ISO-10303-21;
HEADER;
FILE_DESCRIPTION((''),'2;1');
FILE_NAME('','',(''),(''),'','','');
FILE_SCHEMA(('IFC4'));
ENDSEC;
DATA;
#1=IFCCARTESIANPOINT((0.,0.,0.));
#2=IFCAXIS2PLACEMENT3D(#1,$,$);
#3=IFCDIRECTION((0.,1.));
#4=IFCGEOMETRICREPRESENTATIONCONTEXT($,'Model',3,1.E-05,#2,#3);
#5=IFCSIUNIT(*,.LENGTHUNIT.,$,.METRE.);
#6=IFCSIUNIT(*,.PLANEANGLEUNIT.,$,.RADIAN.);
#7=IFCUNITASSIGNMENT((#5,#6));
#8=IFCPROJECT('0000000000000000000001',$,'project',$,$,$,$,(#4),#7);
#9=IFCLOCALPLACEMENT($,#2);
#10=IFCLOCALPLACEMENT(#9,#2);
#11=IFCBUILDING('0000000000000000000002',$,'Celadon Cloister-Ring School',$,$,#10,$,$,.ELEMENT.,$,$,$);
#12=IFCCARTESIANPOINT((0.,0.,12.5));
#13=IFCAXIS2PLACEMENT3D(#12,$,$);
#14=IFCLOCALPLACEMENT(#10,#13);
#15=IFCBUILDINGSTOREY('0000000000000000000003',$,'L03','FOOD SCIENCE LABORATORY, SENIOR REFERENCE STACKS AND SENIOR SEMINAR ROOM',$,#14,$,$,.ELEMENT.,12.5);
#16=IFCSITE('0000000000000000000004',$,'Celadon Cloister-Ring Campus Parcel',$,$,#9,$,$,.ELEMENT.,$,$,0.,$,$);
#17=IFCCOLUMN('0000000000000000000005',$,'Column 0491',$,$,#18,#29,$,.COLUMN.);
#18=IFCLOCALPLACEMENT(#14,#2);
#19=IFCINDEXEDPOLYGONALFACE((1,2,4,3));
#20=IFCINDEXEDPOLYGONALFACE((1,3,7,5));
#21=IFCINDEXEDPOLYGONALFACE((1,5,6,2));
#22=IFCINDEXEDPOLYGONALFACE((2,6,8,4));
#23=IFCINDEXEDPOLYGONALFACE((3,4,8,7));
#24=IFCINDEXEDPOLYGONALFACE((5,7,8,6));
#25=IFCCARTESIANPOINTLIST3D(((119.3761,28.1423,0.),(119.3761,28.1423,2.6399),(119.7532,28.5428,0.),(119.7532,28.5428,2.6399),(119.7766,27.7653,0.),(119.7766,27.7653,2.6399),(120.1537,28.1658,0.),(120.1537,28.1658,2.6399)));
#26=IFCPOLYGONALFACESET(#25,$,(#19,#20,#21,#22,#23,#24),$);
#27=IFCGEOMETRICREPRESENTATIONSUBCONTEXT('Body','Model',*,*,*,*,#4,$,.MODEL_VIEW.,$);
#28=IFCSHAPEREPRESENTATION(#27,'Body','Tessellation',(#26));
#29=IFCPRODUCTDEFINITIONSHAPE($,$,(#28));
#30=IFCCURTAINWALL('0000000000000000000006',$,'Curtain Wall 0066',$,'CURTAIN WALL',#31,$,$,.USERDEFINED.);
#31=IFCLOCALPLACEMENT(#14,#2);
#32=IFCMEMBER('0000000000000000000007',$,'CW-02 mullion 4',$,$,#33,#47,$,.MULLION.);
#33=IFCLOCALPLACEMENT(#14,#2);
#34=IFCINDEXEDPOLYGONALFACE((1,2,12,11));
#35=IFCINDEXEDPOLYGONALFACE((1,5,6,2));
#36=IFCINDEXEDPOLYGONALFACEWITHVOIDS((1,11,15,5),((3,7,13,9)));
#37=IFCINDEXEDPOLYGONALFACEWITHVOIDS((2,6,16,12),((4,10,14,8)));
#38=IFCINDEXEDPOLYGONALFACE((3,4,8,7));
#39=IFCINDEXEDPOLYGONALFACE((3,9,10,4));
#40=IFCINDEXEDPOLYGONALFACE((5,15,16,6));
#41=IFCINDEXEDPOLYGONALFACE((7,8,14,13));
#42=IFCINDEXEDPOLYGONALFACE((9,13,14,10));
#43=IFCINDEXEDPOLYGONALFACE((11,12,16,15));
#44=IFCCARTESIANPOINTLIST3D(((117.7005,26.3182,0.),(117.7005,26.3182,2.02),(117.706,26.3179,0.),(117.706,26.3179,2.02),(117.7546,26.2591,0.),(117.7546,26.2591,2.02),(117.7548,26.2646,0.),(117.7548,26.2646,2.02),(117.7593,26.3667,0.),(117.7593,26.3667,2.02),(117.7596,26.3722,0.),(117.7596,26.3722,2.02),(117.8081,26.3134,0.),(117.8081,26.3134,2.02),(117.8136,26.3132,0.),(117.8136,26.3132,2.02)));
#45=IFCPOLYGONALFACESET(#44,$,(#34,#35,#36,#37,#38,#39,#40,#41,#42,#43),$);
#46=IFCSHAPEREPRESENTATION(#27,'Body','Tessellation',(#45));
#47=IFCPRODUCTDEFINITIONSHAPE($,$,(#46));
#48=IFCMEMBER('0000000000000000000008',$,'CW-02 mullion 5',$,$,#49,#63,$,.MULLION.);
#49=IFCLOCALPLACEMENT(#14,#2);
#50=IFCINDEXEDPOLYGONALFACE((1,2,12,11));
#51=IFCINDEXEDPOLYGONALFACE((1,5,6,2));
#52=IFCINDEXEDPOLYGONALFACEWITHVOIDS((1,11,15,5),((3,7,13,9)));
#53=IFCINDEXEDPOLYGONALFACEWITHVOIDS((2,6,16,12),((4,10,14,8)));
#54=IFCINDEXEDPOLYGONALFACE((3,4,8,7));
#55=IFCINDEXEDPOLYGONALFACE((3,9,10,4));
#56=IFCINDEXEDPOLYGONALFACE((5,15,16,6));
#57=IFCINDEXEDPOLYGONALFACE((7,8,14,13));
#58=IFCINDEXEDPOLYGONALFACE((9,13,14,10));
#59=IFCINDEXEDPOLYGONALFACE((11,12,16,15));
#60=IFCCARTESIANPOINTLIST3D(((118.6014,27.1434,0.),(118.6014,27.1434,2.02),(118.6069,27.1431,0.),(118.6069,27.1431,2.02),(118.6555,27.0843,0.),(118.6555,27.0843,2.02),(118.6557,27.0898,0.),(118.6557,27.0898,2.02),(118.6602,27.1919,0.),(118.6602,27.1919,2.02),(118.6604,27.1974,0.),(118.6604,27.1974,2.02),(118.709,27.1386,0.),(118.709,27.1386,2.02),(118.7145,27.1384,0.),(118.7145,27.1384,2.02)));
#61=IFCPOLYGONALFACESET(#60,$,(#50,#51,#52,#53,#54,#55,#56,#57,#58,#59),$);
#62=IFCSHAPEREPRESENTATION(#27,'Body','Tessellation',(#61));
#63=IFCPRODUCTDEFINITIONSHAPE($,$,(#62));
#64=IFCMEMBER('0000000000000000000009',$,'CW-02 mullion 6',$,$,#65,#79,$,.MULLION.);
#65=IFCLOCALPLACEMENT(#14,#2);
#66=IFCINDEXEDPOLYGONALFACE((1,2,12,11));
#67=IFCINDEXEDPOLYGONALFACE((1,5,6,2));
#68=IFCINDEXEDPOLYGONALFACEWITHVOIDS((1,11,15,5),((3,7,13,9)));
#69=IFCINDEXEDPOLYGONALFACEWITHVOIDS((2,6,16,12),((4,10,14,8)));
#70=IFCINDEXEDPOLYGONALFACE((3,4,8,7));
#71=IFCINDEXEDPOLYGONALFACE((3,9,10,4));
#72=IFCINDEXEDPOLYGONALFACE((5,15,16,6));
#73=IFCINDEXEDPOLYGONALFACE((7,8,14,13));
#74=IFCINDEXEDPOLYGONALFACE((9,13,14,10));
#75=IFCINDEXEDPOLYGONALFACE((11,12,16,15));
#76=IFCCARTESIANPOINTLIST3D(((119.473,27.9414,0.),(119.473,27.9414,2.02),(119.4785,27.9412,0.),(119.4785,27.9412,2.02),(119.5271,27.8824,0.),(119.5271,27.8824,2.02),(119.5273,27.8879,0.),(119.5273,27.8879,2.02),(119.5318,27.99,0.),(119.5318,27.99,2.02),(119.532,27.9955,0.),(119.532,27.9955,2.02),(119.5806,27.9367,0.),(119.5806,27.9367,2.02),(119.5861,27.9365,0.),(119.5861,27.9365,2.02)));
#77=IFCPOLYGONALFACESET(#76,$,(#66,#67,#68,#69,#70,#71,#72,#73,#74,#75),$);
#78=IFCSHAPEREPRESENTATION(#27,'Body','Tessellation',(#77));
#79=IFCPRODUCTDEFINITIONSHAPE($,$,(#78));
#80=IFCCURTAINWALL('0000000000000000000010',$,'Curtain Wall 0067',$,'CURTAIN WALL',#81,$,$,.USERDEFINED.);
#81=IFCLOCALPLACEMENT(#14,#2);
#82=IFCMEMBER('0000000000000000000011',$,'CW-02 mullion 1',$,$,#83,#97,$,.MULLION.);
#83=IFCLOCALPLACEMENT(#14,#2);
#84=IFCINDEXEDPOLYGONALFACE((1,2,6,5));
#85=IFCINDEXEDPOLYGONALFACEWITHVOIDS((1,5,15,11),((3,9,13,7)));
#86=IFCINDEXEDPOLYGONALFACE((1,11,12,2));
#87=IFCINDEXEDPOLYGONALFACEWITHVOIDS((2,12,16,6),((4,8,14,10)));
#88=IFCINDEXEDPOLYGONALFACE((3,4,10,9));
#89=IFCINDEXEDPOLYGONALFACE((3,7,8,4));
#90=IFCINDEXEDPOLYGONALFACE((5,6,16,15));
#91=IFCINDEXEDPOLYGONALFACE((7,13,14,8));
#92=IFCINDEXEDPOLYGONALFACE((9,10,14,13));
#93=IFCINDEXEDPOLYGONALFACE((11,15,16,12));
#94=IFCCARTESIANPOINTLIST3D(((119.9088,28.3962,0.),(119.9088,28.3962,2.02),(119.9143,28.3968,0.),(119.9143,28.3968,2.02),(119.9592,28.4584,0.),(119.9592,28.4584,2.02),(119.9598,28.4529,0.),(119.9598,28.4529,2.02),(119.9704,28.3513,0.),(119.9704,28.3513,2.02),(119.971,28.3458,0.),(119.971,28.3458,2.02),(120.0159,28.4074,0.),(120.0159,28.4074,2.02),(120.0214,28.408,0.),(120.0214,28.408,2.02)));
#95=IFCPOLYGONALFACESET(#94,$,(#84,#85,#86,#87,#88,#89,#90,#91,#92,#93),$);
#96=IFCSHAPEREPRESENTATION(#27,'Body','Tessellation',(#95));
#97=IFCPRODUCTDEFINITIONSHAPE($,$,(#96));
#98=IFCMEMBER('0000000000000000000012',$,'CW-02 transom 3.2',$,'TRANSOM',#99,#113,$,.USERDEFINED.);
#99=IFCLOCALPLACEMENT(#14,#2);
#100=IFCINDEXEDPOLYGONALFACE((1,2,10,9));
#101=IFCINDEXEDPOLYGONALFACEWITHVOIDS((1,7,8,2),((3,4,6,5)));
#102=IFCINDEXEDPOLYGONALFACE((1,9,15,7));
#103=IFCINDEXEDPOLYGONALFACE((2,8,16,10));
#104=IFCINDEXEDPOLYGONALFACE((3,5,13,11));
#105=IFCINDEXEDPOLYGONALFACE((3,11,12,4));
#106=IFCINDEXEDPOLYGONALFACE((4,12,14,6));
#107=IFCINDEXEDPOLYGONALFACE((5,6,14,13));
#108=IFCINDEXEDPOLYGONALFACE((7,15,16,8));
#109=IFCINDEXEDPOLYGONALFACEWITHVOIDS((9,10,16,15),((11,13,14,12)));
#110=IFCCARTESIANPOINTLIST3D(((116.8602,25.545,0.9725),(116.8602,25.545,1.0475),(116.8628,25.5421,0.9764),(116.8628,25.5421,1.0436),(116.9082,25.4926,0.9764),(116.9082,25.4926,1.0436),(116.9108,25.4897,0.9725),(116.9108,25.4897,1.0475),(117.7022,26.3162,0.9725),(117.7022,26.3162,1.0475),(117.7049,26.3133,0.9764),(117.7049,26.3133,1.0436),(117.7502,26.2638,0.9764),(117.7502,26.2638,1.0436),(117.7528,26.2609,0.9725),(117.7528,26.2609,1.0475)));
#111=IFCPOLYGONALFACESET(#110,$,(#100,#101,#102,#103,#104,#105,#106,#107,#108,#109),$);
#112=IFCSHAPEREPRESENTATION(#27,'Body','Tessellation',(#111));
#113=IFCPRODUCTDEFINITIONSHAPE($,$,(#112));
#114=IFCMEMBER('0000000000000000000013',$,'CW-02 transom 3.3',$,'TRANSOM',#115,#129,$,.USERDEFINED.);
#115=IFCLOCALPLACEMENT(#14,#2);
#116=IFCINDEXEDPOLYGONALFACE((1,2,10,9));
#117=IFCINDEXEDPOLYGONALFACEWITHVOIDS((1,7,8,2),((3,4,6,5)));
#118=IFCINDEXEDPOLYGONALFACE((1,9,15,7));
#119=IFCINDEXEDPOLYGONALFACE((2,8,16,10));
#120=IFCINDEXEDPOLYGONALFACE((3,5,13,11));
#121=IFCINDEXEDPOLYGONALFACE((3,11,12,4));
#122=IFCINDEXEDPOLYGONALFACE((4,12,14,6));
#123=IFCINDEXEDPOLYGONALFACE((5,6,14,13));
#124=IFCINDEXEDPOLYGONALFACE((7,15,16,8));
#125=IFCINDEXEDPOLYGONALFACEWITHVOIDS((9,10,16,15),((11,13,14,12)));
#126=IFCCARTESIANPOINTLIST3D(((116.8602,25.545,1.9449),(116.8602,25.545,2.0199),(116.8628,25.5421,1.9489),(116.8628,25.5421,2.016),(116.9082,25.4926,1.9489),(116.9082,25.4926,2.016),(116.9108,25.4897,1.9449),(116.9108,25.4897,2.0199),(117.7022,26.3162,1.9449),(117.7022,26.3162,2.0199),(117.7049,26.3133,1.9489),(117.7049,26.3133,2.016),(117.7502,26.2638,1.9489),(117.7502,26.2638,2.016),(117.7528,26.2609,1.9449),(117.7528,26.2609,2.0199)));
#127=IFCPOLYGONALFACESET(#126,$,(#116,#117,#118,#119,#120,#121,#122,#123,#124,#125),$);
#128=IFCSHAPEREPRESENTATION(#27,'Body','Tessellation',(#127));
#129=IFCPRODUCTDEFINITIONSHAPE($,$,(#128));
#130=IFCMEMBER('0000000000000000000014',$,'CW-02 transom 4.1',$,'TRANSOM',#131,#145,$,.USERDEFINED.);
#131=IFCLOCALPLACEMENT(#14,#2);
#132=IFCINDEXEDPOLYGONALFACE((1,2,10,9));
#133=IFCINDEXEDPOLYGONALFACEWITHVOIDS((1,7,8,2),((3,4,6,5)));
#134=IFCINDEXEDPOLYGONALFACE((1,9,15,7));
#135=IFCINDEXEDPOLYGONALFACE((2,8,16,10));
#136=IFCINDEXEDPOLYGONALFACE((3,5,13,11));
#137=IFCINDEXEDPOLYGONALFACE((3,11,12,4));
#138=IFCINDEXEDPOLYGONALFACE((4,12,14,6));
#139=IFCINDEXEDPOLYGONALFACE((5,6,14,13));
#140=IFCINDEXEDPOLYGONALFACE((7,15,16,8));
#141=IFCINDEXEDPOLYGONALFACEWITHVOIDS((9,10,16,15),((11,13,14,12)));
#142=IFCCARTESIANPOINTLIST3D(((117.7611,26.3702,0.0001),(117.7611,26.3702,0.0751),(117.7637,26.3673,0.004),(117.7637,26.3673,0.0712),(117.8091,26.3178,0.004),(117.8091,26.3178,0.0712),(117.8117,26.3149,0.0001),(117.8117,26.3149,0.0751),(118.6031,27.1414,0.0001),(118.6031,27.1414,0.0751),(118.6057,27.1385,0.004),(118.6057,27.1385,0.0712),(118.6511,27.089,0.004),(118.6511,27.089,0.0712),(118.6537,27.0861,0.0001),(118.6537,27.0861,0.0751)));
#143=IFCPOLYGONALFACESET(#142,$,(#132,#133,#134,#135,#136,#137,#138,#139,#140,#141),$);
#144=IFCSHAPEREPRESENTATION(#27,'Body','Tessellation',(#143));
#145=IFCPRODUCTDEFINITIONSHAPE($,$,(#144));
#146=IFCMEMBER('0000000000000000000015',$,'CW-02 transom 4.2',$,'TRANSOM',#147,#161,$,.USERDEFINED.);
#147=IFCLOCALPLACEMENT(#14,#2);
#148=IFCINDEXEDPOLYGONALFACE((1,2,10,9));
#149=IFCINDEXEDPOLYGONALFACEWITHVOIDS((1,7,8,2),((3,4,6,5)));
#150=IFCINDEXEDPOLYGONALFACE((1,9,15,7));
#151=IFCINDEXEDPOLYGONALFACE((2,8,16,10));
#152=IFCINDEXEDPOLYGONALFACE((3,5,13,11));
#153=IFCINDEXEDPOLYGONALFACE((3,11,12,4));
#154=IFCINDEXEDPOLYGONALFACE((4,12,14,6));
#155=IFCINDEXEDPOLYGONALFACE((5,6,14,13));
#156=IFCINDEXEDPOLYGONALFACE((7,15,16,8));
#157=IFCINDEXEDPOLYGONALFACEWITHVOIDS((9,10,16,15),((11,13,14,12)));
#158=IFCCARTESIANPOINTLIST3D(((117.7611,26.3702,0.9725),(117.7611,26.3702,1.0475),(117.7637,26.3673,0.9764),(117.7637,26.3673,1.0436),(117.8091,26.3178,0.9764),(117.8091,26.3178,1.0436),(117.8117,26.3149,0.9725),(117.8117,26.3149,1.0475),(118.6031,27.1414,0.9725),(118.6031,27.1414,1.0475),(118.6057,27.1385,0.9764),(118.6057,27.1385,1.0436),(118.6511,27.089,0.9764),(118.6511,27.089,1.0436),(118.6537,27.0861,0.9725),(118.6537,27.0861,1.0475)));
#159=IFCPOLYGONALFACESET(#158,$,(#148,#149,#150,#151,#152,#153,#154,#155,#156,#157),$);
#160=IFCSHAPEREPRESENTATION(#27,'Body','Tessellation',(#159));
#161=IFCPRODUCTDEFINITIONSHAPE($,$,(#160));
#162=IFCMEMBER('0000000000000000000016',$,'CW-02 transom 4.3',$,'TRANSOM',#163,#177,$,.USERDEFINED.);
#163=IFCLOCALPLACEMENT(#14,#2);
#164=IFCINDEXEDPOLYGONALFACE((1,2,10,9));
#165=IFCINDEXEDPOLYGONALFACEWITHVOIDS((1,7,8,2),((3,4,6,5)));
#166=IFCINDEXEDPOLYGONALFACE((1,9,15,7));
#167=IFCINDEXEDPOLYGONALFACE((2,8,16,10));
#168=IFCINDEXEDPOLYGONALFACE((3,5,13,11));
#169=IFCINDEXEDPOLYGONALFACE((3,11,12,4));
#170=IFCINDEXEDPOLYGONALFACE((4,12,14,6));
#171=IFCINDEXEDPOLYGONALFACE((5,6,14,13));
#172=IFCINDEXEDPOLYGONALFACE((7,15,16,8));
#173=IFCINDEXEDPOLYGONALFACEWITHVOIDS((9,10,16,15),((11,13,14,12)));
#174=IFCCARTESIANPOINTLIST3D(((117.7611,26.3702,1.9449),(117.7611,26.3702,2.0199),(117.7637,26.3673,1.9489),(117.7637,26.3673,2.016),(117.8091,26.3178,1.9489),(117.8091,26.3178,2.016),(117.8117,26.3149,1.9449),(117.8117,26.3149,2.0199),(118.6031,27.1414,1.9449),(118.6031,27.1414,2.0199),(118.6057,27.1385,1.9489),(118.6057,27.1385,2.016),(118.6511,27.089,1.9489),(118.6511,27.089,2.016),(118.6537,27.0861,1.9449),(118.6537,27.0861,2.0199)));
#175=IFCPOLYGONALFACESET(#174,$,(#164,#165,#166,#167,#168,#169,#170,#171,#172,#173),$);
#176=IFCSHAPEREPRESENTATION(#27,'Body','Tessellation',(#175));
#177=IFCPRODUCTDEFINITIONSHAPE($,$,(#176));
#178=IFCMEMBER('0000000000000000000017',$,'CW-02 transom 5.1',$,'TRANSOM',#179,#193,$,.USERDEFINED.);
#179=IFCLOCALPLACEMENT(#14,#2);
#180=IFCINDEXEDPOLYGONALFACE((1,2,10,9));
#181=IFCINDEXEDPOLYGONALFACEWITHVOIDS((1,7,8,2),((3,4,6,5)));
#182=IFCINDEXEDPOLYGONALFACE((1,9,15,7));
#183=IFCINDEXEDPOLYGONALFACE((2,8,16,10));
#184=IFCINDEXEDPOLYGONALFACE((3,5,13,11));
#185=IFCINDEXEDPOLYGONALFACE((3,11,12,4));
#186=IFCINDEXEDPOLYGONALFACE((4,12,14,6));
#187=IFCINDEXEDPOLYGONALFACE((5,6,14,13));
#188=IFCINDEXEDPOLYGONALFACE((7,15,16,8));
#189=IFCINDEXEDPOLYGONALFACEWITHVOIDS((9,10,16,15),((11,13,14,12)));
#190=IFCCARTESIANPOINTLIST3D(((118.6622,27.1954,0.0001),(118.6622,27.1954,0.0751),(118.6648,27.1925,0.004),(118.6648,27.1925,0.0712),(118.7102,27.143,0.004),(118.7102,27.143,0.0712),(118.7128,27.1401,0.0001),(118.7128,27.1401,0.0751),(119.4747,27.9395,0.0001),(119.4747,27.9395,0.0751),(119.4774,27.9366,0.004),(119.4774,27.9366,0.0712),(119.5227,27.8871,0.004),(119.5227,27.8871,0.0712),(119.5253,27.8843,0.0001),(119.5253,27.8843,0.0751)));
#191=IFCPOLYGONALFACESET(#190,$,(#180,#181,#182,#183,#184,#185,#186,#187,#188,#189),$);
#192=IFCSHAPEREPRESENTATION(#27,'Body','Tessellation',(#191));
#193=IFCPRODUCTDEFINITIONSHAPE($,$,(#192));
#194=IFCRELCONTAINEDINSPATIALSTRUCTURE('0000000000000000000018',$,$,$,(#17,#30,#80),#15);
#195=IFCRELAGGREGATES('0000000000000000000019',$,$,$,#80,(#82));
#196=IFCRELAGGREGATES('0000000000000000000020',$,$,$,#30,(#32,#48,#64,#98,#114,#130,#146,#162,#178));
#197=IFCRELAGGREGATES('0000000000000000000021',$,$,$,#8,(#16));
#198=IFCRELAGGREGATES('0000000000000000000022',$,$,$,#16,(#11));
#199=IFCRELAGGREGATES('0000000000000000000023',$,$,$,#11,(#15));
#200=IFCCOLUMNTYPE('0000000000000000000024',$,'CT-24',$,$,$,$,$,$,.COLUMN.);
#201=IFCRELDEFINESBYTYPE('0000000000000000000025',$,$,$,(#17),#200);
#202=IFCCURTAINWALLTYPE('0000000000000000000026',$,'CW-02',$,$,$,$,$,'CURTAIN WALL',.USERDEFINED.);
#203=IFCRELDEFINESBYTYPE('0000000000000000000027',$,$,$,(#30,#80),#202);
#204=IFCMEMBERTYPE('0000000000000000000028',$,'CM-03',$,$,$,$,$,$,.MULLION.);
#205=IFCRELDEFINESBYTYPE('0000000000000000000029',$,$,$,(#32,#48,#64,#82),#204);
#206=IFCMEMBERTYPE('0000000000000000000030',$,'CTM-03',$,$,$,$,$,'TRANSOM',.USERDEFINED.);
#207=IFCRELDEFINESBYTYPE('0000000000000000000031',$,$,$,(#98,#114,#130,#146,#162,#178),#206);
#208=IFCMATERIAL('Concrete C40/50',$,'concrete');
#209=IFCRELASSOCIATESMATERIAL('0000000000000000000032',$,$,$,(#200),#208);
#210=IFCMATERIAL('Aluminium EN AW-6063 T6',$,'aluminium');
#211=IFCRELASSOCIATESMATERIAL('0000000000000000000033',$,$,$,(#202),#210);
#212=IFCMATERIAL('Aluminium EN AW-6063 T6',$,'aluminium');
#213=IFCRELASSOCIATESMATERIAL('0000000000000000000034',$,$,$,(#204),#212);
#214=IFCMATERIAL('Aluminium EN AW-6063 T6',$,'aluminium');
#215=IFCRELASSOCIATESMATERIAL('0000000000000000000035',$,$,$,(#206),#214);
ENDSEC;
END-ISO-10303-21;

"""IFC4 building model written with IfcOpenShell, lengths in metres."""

from ifc_helpers import new_model, si_unit, direction, frame, origin, origin_2d, place, context, subcontext, project, spatial, rectangle, hollow_rectangle, extrude, material, material_profile, profile_set, type_object, element, aggregate, save


model = new_model("IFC4")

# Units and contexts
model_context = context("Model", 3, precision=1e-05, world=origin(), true_north=direction((0.0, 1.0)))
body_context = subcontext(model_context, "Body", "Model", "MODEL_VIEW")
ifc_project = project(units=[si_unit("LENGTHUNIT", "METRE"), si_unit("PLANEANGLEUNIT", "RADIAN")], contexts=[model_context])

# Site, building, storey
site_placement = place(None, origin())
site = spatial("IfcSite", under=ifc_project, at=site_placement, Name="Celadon Cloister-Ring Campus Parcel", CompositionType="ELEMENT", RefElevation=0.0)
building_placement = place(site_placement, origin())
building = spatial("IfcBuilding", under=site, at=building_placement, Name="Celadon Cloister-Ring School", CompositionType="ELEMENT")
storey_placement = place(building_placement, frame((0.0, 0.0, 12.5)))
storey = spatial("IfcBuildingStorey", under=building, at=storey_placement, Name="L03", Description="FOOD SCIENCE LABORATORY, SENIOR REFERENCE STACKS AND SENIOR SEMINAR ROOM", CompositionType="ELEMENT", Elevation=12.5)

# Column
ifc_material_1 = material(Name="Concrete C40/50", Category="concrete")
ifc_material_profile_1 = material_profile(ifc_material_1, rectangle(XDim=0.55, YDim=0.55, at=origin_2d()), Name="RC550X550")
ifc_profile_set_1 = profile_set([ifc_material_profile_1], Name="Concrete C40/50")
column_type = type_object("IfcColumnType", Name="CT-24", PredefinedType="COLUMN", material=ifc_profile_set_1)
column_placement = place(storey_placement, frame((119.7649, 28.1541, 0.0), z_axis=(0.0, 0.0, 1.0), x_axis=(0.728108, -0.685463, 0.0)))
element("IfcColumn", 1, at=column_placement, inside=storey, type_object=column_type, Name="Column 0491", PredefinedType="COLUMN", context=body_context, shape_type="SweptSolid", body=[
    extrude(rectangle(XDim=0.55, YDim=0.55, at=origin_2d()), origin(), (0.0, 0.0, 1.0), 2.6399),
])

# Curtain wall, members
ifc_material_2 = material(Name="Aluminium EN AW-6063 T6", Category="aluminium")
curtain_wall_type = type_object("IfcCurtainWallType", Name="CW-02", ElementType="CURTAIN WALL", PredefinedType="USERDEFINED", material=ifc_material_2)
curtain_wall_1_placement = place(storey_placement, origin())
curtain_wall_1 = element("IfcCurtainWall", 2, at=curtain_wall_1_placement, inside=storey, type_object=curtain_wall_type, Name="Curtain Wall 0066", ObjectType="CURTAIN WALL", PredefinedType="USERDEFINED")
ifc_material_3 = material(Name="Aluminium EN AW-6063 T6", Category="aluminium")
ifc_material_profile_2 = material_profile(ifc_material_3, hollow_rectangle(XDim=0.0801, YDim=0.0801, WallThickness=0.0039, at=origin_2d()), Name="RHS80X80X4")
ifc_profile_set_2 = profile_set([ifc_material_profile_2], Name="Aluminium EN AW-6063 T6")
member_type_1 = type_object("IfcMemberType", Name="CM-03", PredefinedType="MULLION", material=ifc_profile_set_2)
member_1_placement = place(storey_placement, frame((117.7571, 26.3157, 0.0), z_axis=(0.0, 0.0, 1.0), x_axis=(-0.675406, 0.737446, 0.0)))
member_1 = element("IfcMember", 3, at=member_1_placement, type_object=member_type_1, Name="CW-02 mullion 4", PredefinedType="MULLION", context=body_context, shape_type="SweptSolid", body=[
    extrude(hollow_rectangle(XDim=0.0801, YDim=0.0801, WallThickness=0.0039, at=origin_2d()), origin(), (0.0, 0.0, 1.0), 2.02),
])
member_2_placement = place(storey_placement, frame((118.658, 27.1409, 0.0), z_axis=(0.0, 0.0, 1.0), x_axis=(-0.675406, 0.737446, 0.0)))
member_2 = element("IfcMember", 4, at=member_2_placement, type_object=member_type_1, Name="CW-02 mullion 5", PredefinedType="MULLION", context=body_context, shape_type="SweptSolid", body=[
    extrude(hollow_rectangle(XDim=0.0801, YDim=0.0801, WallThickness=0.0039, at=origin_2d()), origin(), (0.0, 0.0, 1.0), 2.02),
])
member_3_placement = place(storey_placement, frame((119.5295, 27.939, 0.0), z_axis=(0.0, 0.0, 1.0), x_axis=(-0.675406, 0.737446, 0.0)))
member_3 = element("IfcMember", 5, at=member_3_placement, type_object=member_type_1, Name="CW-02 mullion 6", PredefinedType="MULLION", context=body_context, shape_type="SweptSolid", body=[
    extrude(hollow_rectangle(XDim=0.0801, YDim=0.0801, WallThickness=0.0039, at=origin_2d()), origin(), (0.0, 0.0, 1.0), 2.02),
])

# Curtain wall, member
curtain_wall_2_placement = place(storey_placement, origin())
curtain_wall_2 = element("IfcCurtainWall", 6, at=curtain_wall_2_placement, inside=storey, type_object=curtain_wall_type, Name="Curtain Wall 0067", ObjectType="CURTAIN WALL", PredefinedType="USERDEFINED")
member_4_placement = place(storey_placement, frame((119.9651, 28.4021, 0.0), z_axis=(0.0, 0.0, 1.0), x_axis=(-0.77678, 0.629773, 0.0)))
member_4 = element("IfcMember", 7, at=member_4_placement, type_object=member_type_1, Name="CW-02 mullion 1", PredefinedType="MULLION", context=body_context, shape_type="SweptSolid", body=[
    extrude(hollow_rectangle(XDim=0.0801, YDim=0.0801, WallThickness=0.0039, at=origin_2d()), origin(), (0.0, 0.0, 1.0), 2.02),
])
aggregate(curtain_wall_2, [member_4])

# Members
ifc_material_4 = material(Name="Aluminium EN AW-6063 T6", Category="aluminium")
ifc_material_profile_3 = material_profile(ifc_material_4, hollow_rectangle(XDim=0.075, YDim=0.075, WallThickness=0.0039, at=origin_2d()), Name="RHS75X75X4")
ifc_profile_set_3 = profile_set([ifc_material_profile_3], Name="Aluminium EN AW-6063 T6")
member_type_2 = type_object("IfcMemberType", Name="CTM-03", ElementType="TRANSOM", PredefinedType="USERDEFINED", material=ifc_profile_set_3)
member_5_placement = place(storey_placement, frame((116.8855, 25.5173, 1.01), z_axis=(0.737429, 0.675424, 0.0), x_axis=(-0.675424, 0.737429, 0.0)))
member_5 = element("IfcMember", 8, at=member_5_placement, type_object=member_type_2, Name="CW-02 transom 3.2", ObjectType="TRANSOM", PredefinedType="USERDEFINED", context=body_context, shape_type="SweptSolid", body=[
    extrude(hollow_rectangle(XDim=0.075, YDim=0.075, WallThickness=0.0039, at=origin_2d()), origin(), (0.0, 0.0, 1.0), 1.1418),
])
member_6_placement = place(storey_placement, frame((116.8855, 25.5173, 1.9824), z_axis=(0.737429, 0.675424, 0.0), x_axis=(-0.675424, 0.737429, 0.0)))
member_6 = element("IfcMember", 9, at=member_6_placement, type_object=member_type_2, Name="CW-02 transom 3.3", ObjectType="TRANSOM", PredefinedType="USERDEFINED", context=body_context, shape_type="SweptSolid", body=[
    extrude(hollow_rectangle(XDim=0.075, YDim=0.075, WallThickness=0.0039, at=origin_2d()), origin(), (0.0, 0.0, 1.0), 1.1418),
])
member_7_placement = place(storey_placement, frame((117.7864, 26.3425, 0.0376), z_axis=(0.737429, 0.675424, 0.0), x_axis=(-0.675424, 0.737429, 0.0)))
member_7 = element("IfcMember", 10, at=member_7_placement, type_object=member_type_2, Name="CW-02 transom 4.1", ObjectType="TRANSOM", PredefinedType="USERDEFINED", context=body_context, shape_type="SweptSolid", body=[
    extrude(hollow_rectangle(XDim=0.075, YDim=0.075, WallThickness=0.0039, at=origin_2d()), origin(), (0.0, 0.0, 1.0), 1.1418),
])
member_8_placement = place(storey_placement, frame((117.7864, 26.3425, 1.01), z_axis=(0.737429, 0.675424, 0.0), x_axis=(-0.675424, 0.737429, 0.0)))
member_8 = element("IfcMember", 11, at=member_8_placement, type_object=member_type_2, Name="CW-02 transom 4.2", ObjectType="TRANSOM", PredefinedType="USERDEFINED", context=body_context, shape_type="SweptSolid", body=[
    extrude(hollow_rectangle(XDim=0.075, YDim=0.075, WallThickness=0.0039, at=origin_2d()), origin(), (0.0, 0.0, 1.0), 1.1418),
])
member_9_placement = place(storey_placement, frame((117.7864, 26.3425, 1.9824), z_axis=(0.737429, 0.675424, 0.0), x_axis=(-0.675424, 0.737429, 0.0)))
member_9 = element("IfcMember", 12, at=member_9_placement, type_object=member_type_2, Name="CW-02 transom 4.3", ObjectType="TRANSOM", PredefinedType="USERDEFINED", context=body_context, shape_type="SweptSolid", body=[
    extrude(hollow_rectangle(XDim=0.075, YDim=0.075, WallThickness=0.0039, at=origin_2d()), origin(), (0.0, 0.0, 1.0), 1.1418),
])
member_10_placement = place(storey_placement, frame((118.6875, 27.1677, 0.0376), z_axis=(0.737448, 0.675403, 0.0), x_axis=(-0.675403, 0.737448, 0.0)))
member_10 = element("IfcMember", 13, at=member_10_placement, type_object=member_type_2, Name="CW-02 transom 5.1", ObjectType="TRANSOM", PredefinedType="USERDEFINED", context=body_context, shape_type="SweptSolid", body=[
    extrude(hollow_rectangle(XDim=0.075, YDim=0.075, WallThickness=0.0039, at=origin_2d()), origin(), (0.0, 0.0, 1.0), 1.1018),
])

aggregate(curtain_wall_1, [member_1, member_2, member_3, member_5, member_6, member_7, member_8, member_9, member_10])

save(model, "model.ifc")
